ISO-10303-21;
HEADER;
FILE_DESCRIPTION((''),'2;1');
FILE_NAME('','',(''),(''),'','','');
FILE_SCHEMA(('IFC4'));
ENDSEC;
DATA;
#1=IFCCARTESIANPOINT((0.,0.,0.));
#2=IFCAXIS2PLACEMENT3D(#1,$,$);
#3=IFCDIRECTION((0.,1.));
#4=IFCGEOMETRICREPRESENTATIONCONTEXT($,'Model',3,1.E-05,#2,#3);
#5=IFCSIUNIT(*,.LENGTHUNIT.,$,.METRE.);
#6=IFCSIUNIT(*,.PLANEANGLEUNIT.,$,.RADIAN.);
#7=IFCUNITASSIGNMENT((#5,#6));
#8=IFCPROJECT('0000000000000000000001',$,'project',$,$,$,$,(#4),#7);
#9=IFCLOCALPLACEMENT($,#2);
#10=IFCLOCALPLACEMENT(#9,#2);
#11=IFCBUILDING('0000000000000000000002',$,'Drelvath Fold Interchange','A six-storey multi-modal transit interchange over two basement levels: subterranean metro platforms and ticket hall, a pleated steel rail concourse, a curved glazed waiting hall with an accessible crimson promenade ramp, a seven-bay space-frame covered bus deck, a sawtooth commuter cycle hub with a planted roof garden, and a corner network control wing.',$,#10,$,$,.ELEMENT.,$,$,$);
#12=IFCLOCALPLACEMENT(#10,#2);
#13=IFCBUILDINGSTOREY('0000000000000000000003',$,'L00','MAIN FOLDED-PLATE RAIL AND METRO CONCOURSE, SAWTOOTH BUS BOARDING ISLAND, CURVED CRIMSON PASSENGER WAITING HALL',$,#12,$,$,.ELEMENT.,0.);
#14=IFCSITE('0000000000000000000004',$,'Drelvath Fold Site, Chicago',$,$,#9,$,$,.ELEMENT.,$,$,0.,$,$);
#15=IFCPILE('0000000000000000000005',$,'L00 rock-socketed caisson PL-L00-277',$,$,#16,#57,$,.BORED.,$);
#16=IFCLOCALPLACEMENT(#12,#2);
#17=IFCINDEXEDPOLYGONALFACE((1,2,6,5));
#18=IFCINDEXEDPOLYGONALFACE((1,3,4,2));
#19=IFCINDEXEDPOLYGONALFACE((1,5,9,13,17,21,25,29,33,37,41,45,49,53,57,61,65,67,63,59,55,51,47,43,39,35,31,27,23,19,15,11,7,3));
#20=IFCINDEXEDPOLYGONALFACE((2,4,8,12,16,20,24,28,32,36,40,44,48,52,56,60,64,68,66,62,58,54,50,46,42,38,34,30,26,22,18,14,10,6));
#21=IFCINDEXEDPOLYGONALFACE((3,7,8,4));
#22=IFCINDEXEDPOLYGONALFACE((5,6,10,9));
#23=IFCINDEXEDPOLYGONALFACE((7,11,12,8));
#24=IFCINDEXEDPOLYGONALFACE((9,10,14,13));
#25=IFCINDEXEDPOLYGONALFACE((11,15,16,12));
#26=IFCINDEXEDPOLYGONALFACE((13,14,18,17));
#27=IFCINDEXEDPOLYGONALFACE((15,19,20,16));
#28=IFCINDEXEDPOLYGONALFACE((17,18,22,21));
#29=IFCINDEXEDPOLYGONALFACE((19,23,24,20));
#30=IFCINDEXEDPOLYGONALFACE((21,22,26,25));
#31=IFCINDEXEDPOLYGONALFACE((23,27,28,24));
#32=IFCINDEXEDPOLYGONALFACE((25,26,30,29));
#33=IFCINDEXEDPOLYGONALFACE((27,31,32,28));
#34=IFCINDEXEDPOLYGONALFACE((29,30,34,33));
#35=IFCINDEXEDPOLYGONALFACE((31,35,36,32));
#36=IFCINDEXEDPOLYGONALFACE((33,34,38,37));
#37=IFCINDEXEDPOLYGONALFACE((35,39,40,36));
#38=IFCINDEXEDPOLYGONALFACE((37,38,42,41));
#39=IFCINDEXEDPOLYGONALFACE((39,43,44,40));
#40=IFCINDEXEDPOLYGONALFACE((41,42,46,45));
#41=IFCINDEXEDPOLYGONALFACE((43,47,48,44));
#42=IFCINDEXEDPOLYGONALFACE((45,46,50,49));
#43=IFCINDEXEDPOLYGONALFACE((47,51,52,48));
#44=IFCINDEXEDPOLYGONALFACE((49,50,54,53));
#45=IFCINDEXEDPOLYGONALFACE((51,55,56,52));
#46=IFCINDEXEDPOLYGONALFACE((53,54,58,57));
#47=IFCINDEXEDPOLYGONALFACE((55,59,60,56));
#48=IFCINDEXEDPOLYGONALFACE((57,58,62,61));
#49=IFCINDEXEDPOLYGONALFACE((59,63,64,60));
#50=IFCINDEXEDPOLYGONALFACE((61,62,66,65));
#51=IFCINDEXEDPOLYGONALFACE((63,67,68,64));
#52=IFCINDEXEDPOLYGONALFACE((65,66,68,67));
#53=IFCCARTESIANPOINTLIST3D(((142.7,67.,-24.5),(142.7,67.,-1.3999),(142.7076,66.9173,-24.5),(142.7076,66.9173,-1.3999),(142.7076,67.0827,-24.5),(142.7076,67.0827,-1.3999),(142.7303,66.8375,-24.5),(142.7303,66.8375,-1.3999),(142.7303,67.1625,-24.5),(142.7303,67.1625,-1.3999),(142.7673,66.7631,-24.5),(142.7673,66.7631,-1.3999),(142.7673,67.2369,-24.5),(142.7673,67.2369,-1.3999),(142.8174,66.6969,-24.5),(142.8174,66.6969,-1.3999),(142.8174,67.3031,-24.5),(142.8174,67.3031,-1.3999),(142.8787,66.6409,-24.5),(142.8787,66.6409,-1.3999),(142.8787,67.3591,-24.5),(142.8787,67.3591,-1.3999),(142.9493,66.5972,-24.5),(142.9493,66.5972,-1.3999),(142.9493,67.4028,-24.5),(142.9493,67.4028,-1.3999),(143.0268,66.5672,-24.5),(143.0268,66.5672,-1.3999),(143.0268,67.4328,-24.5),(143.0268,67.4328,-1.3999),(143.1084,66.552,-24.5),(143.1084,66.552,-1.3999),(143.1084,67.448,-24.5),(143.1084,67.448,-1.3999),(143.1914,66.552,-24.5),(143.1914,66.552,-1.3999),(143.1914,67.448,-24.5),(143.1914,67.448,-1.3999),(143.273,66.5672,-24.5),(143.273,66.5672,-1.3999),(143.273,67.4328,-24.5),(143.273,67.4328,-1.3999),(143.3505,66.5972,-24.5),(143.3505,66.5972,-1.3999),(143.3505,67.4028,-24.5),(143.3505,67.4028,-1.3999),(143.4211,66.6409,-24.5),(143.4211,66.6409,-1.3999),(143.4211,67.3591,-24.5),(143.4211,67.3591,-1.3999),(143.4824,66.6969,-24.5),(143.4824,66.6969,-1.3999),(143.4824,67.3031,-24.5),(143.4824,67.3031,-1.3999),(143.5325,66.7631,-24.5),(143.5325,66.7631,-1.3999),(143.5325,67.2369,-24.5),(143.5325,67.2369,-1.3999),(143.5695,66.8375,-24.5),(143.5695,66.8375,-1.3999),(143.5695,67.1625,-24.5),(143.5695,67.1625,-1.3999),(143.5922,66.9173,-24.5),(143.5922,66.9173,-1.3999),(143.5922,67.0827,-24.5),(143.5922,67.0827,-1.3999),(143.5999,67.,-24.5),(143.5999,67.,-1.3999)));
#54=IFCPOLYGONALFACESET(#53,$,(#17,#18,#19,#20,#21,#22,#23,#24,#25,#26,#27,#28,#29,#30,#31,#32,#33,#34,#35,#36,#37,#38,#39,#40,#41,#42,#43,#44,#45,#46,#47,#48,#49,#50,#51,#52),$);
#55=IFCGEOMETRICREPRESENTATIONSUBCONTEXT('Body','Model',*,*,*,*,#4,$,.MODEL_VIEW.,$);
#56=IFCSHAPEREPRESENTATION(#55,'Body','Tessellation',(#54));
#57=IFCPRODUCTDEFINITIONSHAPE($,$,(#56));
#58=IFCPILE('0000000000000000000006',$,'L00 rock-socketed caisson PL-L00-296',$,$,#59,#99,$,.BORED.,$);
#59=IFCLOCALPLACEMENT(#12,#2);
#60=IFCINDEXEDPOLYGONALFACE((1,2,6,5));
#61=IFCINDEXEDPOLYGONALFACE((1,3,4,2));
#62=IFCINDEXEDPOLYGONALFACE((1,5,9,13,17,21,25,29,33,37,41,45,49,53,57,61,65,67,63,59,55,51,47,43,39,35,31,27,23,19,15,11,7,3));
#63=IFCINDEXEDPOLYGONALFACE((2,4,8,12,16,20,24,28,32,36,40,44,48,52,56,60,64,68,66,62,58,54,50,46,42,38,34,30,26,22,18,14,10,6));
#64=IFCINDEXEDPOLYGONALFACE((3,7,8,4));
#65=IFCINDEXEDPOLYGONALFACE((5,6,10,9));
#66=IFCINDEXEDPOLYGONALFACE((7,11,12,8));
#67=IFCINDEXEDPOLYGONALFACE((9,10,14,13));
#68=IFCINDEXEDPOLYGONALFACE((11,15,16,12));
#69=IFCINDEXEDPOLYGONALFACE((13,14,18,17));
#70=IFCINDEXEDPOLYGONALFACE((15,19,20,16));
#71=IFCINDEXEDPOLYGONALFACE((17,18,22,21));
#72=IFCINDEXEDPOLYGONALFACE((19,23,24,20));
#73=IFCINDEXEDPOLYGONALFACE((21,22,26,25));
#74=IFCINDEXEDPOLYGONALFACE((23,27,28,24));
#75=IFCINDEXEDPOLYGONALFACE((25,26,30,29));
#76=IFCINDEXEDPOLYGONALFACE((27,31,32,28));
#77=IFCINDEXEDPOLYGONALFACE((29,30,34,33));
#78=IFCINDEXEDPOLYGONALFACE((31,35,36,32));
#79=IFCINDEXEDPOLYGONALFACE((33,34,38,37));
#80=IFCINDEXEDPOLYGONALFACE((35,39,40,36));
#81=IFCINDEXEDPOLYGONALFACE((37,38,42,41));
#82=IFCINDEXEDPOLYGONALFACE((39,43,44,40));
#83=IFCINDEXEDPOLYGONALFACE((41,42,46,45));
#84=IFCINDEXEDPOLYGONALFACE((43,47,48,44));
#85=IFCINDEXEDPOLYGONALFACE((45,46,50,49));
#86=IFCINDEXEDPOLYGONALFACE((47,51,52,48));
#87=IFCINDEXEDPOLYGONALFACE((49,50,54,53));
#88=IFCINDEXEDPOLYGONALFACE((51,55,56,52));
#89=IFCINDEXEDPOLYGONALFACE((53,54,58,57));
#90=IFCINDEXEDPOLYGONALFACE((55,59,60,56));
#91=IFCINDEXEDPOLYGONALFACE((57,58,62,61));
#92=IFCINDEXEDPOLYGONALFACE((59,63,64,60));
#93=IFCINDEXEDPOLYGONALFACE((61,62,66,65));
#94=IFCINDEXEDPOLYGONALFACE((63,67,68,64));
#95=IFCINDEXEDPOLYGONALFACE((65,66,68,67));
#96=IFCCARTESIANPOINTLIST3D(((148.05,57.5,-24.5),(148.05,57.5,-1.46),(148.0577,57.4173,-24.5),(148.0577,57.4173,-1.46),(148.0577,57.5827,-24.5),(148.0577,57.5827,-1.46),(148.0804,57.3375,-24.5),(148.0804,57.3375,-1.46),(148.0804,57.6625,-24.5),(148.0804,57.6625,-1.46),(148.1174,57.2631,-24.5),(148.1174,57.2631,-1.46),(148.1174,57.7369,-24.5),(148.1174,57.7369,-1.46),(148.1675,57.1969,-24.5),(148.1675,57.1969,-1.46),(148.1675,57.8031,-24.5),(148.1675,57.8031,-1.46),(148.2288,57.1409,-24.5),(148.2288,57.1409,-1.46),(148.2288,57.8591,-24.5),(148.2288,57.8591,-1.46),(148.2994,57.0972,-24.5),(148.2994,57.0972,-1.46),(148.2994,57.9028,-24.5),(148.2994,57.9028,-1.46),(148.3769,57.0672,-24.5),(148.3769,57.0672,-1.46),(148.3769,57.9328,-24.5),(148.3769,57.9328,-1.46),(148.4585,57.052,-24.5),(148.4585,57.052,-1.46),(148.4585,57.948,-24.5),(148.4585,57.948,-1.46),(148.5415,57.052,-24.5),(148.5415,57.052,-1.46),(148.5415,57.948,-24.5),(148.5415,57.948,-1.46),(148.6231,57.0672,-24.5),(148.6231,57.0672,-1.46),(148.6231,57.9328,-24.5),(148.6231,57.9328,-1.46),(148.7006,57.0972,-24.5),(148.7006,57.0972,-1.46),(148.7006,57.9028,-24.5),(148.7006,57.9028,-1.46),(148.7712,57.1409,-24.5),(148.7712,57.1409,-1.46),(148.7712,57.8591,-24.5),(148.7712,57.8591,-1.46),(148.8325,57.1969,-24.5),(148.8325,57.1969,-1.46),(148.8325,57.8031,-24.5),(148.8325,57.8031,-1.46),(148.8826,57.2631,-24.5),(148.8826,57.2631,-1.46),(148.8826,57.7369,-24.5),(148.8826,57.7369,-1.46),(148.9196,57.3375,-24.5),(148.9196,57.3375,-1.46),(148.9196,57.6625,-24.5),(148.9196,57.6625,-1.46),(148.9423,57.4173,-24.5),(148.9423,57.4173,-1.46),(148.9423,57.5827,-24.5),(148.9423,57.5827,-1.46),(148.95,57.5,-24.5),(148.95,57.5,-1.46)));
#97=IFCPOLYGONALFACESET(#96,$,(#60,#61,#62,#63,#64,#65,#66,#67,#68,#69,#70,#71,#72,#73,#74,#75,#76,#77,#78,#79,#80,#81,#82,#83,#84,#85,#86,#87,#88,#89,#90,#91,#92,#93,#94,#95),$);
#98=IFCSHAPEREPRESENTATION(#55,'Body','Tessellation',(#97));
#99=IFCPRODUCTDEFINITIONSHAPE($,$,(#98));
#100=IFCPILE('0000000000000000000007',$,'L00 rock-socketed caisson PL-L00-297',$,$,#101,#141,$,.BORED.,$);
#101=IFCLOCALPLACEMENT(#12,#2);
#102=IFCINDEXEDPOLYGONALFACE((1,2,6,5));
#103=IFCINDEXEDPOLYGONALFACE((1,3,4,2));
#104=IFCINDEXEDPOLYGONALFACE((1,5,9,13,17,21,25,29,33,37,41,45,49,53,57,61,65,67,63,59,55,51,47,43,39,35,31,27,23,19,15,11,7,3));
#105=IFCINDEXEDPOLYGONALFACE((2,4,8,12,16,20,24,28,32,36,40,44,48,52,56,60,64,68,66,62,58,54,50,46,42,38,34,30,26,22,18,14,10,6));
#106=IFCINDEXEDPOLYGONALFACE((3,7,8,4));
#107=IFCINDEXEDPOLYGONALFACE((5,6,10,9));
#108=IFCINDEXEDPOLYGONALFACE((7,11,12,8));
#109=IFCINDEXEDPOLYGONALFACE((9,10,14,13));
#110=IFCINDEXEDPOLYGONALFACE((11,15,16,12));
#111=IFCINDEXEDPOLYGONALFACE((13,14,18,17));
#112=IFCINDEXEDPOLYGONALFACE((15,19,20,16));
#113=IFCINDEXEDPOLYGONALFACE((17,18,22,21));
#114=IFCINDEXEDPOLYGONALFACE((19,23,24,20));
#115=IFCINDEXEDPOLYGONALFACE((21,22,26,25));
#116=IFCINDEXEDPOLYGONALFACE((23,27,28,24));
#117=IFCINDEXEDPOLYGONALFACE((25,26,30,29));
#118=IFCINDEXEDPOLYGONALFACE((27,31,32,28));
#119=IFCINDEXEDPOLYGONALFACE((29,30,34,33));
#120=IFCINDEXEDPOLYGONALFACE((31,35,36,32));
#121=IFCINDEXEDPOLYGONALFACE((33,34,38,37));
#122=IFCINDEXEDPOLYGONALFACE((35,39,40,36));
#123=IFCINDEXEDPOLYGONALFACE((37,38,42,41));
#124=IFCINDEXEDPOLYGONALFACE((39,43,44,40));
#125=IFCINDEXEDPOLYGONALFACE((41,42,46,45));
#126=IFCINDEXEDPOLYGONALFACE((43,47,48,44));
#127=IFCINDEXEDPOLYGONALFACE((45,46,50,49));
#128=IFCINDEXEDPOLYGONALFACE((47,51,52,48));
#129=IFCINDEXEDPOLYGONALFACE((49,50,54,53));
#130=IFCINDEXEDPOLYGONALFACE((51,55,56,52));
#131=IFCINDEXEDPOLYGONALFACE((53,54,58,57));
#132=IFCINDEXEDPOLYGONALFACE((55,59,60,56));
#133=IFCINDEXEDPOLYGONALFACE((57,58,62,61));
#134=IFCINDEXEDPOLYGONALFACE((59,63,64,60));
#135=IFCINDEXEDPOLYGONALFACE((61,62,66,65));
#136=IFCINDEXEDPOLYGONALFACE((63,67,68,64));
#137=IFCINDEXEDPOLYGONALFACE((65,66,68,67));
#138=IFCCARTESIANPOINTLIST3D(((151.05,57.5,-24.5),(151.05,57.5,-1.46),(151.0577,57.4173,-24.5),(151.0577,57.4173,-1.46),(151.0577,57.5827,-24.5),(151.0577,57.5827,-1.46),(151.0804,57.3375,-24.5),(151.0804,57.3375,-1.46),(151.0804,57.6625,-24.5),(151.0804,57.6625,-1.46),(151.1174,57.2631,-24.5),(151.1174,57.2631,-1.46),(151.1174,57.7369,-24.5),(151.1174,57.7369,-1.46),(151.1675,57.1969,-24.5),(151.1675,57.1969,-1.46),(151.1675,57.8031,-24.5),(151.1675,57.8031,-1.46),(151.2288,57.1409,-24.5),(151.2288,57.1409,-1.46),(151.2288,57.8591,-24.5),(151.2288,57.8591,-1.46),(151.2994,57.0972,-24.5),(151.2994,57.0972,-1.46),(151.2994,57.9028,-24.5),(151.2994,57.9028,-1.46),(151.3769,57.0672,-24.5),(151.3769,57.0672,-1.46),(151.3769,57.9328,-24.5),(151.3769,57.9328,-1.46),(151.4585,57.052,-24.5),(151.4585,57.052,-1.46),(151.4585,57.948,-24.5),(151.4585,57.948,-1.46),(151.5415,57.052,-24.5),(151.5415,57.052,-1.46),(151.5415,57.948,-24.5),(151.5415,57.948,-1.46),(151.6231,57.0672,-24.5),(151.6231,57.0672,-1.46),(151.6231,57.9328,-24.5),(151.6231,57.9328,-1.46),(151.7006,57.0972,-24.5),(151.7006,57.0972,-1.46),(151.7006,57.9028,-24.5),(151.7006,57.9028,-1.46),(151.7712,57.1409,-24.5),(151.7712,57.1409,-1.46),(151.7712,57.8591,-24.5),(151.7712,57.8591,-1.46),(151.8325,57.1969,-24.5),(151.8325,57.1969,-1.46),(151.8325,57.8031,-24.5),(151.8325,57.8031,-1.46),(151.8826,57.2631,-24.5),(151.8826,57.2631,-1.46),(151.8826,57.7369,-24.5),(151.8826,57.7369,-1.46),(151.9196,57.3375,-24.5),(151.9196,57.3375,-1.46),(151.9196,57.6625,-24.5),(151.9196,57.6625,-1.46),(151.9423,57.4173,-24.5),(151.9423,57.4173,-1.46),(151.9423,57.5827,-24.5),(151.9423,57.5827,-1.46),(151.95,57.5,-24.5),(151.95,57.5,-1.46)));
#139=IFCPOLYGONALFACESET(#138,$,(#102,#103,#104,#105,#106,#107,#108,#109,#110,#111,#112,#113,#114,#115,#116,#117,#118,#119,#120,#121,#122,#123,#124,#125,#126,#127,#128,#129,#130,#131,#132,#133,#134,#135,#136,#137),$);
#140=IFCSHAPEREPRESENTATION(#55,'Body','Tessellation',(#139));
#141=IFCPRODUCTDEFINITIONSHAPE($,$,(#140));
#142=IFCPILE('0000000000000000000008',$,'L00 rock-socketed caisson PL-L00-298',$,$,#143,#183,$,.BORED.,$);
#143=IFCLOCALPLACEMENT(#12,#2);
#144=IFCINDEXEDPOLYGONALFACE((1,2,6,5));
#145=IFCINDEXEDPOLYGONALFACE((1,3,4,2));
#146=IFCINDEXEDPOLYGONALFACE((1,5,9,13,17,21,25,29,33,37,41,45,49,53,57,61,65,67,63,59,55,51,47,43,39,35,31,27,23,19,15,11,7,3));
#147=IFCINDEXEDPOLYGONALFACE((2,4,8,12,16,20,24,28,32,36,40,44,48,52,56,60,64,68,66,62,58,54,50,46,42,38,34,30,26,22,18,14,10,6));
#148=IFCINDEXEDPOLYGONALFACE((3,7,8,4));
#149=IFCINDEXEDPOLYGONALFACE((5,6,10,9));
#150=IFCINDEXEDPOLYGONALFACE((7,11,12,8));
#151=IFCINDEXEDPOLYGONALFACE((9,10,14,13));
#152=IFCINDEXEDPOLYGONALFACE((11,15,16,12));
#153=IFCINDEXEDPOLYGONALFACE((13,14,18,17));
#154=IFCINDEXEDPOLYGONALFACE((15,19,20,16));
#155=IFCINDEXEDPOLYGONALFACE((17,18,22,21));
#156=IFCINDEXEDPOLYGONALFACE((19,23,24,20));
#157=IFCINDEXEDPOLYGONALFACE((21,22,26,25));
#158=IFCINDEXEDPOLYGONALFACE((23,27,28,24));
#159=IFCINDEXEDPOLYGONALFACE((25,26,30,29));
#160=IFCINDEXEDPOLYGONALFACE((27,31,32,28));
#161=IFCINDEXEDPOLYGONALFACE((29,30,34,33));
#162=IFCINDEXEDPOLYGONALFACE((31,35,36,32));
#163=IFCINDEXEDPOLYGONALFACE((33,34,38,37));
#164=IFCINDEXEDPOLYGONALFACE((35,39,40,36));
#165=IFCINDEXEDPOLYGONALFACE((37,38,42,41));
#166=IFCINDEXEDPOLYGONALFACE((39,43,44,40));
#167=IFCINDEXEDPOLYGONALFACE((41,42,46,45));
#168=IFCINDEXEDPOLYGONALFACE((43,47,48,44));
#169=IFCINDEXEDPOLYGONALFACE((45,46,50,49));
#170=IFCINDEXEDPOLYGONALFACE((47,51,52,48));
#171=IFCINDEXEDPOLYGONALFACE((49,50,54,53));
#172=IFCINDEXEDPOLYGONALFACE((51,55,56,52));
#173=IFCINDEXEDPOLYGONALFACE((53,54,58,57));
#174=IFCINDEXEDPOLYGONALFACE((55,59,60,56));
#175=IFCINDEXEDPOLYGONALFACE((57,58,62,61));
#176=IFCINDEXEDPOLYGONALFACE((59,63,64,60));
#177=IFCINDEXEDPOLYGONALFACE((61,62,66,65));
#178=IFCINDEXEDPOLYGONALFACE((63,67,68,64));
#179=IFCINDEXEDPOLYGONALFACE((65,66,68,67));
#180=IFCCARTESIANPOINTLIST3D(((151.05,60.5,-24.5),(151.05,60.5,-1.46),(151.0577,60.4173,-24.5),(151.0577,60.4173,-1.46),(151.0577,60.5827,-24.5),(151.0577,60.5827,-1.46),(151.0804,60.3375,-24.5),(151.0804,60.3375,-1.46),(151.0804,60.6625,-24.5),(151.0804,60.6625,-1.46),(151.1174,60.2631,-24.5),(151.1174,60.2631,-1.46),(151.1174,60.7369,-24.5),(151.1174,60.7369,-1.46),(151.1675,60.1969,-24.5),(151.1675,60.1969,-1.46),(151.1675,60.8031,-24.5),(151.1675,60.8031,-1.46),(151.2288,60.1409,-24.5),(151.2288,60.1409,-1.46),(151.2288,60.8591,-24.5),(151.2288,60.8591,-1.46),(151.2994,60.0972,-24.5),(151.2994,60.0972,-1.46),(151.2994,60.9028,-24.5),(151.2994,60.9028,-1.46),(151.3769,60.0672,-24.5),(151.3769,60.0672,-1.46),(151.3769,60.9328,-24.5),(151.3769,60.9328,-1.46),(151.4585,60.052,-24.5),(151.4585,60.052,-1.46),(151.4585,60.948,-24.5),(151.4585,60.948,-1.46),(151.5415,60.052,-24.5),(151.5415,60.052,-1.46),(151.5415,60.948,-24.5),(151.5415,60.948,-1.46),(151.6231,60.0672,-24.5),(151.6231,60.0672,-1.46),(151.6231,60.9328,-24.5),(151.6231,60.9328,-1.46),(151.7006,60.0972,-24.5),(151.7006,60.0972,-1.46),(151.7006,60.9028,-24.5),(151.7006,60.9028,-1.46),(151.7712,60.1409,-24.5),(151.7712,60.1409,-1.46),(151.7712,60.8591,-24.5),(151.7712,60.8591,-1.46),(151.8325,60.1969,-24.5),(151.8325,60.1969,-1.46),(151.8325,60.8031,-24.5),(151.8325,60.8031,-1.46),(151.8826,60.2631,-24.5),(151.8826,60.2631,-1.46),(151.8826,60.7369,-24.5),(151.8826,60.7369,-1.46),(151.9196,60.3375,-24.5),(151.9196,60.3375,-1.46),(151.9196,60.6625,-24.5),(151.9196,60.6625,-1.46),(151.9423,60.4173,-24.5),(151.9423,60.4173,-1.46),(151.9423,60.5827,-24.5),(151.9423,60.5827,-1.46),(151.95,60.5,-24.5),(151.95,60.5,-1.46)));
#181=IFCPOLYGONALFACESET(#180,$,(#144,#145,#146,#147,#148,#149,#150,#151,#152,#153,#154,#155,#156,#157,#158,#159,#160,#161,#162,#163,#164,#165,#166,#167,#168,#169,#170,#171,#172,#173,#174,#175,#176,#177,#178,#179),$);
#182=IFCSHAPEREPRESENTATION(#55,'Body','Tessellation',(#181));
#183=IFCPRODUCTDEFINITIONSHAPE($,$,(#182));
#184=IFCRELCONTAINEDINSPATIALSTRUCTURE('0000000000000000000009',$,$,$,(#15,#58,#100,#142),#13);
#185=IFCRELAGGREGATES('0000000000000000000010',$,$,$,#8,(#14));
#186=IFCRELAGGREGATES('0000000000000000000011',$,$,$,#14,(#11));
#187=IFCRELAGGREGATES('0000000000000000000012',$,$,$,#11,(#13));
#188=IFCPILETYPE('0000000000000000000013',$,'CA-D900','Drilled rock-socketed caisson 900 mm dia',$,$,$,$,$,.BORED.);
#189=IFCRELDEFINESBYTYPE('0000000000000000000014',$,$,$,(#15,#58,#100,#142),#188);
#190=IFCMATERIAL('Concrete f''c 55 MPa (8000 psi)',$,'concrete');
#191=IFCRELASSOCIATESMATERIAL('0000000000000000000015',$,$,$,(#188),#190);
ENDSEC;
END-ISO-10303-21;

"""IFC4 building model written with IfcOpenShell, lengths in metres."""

from ifc_helpers import new_model, si_unit, direction, frame, origin, origin_2d, place, context, subcontext, project, spatial, circle, extrude, material, material_profile, profile_set, type_object, element, save


model = new_model("IFC4")

# Units and contexts
model_context = context("Model", 3, precision=1e-05, world=origin(), true_north=direction((0.0, 1.0)))
body_context = subcontext(model_context, "Body", "Model", "MODEL_VIEW")
ifc_project = project(units=[si_unit("LENGTHUNIT", "METRE"), si_unit("PLANEANGLEUNIT", "RADIAN")], contexts=[model_context])

# Site, building, storey
site_placement = place(None, origin())
site = spatial("IfcSite", under=ifc_project, at=site_placement, Name="Drelvath Fold Site, Chicago", CompositionType="ELEMENT", RefElevation=0.0)
building_placement = place(site_placement, origin())
building = spatial("IfcBuilding", under=site, at=building_placement, Name="Drelvath Fold Interchange", Description="A six-storey multi-modal transit interchange over two basement levels: subterranean metro platforms and ticket hall, a pleated steel rail concourse, a curved glazed waiting hall with an accessible crimson promenade ramp, a seven-bay space-frame covered bus deck, a sawtooth commuter cycle hub with a planted roof garden, and a corner network control wing.", CompositionType="ELEMENT")
storey_placement = place(building_placement, origin())
storey = spatial("IfcBuildingStorey", under=building, at=storey_placement, Name="L00", Description="MAIN FOLDED-PLATE RAIL AND METRO CONCOURSE, SAWTOOTH BUS BOARDING ISLAND, CURVED CRIMSON PASSENGER WAITING HALL", CompositionType="ELEMENT", Elevation=0.0)

# Piles
ifc_material_1 = material(Name="Concrete f'c 55 MPa (8000 psi)", Category="concrete")
ifc_material_profile_1 = material_profile(ifc_material_1, circle(Radius=0.45, at=origin_2d()), Name="CAISSON D900")
ifc_profile_set_1 = profile_set([ifc_material_profile_1], Name="Concrete f'c 55 MPa (8000 psi)")
pile_type_1 = type_object("IfcPileType", Name="CA-D900", Description="Drilled rock-socketed caisson 900 mm dia", PredefinedType="BORED", material=ifc_profile_set_1)
for number, where, z_axis, x_axis, name in (
    (1, (143.1499, 67.0, -1.3999), (0.0, 0.0, -1.0), (1.0, 0.0, 0.0), "L00 rock-socketed caisson PL-L00-277"),
):
    element("IfcPile", number, at=place(storey_placement, frame(where, z_axis=z_axis, x_axis=x_axis)), inside=storey, type_object=pile_type_1, Name=name, PredefinedType="BORED", context=body_context, shape_type="SweptSolid", body=[
        extrude(circle(Radius=0.45, at=origin_2d()), origin(), (0.0, 0.0, 1.0), 23.1001),
    ])
for number, where, z_axis, x_axis, name in (
    (2, (148.5, 57.5, -1.46), (0.0, 0.0, -1.0), (1.0, 0.0, 0.0), "L00 rock-socketed caisson PL-L00-296"),
    (3, (151.5, 57.5, -1.46), (0.0, 0.0, -1.0), (1.0, 0.0, 0.0), "L00 rock-socketed caisson PL-L00-297"),
    (4, (151.5, 60.5, -1.46), (0.0, 0.0, -1.0), (1.0, 0.0, 0.0), "L00 rock-socketed caisson PL-L00-298"),
):
    element("IfcPile", number, at=place(storey_placement, frame(where, z_axis=z_axis, x_axis=x_axis)), inside=storey, type_object=pile_type_1, Name=name, PredefinedType="BORED", context=body_context, shape_type="SweptSolid", body=[
        extrude(circle(Radius=0.45, at=origin_2d()), origin(), (0.0, 0.0, 1.0), 23.04),
    ])

save(model, "model.ifc")
